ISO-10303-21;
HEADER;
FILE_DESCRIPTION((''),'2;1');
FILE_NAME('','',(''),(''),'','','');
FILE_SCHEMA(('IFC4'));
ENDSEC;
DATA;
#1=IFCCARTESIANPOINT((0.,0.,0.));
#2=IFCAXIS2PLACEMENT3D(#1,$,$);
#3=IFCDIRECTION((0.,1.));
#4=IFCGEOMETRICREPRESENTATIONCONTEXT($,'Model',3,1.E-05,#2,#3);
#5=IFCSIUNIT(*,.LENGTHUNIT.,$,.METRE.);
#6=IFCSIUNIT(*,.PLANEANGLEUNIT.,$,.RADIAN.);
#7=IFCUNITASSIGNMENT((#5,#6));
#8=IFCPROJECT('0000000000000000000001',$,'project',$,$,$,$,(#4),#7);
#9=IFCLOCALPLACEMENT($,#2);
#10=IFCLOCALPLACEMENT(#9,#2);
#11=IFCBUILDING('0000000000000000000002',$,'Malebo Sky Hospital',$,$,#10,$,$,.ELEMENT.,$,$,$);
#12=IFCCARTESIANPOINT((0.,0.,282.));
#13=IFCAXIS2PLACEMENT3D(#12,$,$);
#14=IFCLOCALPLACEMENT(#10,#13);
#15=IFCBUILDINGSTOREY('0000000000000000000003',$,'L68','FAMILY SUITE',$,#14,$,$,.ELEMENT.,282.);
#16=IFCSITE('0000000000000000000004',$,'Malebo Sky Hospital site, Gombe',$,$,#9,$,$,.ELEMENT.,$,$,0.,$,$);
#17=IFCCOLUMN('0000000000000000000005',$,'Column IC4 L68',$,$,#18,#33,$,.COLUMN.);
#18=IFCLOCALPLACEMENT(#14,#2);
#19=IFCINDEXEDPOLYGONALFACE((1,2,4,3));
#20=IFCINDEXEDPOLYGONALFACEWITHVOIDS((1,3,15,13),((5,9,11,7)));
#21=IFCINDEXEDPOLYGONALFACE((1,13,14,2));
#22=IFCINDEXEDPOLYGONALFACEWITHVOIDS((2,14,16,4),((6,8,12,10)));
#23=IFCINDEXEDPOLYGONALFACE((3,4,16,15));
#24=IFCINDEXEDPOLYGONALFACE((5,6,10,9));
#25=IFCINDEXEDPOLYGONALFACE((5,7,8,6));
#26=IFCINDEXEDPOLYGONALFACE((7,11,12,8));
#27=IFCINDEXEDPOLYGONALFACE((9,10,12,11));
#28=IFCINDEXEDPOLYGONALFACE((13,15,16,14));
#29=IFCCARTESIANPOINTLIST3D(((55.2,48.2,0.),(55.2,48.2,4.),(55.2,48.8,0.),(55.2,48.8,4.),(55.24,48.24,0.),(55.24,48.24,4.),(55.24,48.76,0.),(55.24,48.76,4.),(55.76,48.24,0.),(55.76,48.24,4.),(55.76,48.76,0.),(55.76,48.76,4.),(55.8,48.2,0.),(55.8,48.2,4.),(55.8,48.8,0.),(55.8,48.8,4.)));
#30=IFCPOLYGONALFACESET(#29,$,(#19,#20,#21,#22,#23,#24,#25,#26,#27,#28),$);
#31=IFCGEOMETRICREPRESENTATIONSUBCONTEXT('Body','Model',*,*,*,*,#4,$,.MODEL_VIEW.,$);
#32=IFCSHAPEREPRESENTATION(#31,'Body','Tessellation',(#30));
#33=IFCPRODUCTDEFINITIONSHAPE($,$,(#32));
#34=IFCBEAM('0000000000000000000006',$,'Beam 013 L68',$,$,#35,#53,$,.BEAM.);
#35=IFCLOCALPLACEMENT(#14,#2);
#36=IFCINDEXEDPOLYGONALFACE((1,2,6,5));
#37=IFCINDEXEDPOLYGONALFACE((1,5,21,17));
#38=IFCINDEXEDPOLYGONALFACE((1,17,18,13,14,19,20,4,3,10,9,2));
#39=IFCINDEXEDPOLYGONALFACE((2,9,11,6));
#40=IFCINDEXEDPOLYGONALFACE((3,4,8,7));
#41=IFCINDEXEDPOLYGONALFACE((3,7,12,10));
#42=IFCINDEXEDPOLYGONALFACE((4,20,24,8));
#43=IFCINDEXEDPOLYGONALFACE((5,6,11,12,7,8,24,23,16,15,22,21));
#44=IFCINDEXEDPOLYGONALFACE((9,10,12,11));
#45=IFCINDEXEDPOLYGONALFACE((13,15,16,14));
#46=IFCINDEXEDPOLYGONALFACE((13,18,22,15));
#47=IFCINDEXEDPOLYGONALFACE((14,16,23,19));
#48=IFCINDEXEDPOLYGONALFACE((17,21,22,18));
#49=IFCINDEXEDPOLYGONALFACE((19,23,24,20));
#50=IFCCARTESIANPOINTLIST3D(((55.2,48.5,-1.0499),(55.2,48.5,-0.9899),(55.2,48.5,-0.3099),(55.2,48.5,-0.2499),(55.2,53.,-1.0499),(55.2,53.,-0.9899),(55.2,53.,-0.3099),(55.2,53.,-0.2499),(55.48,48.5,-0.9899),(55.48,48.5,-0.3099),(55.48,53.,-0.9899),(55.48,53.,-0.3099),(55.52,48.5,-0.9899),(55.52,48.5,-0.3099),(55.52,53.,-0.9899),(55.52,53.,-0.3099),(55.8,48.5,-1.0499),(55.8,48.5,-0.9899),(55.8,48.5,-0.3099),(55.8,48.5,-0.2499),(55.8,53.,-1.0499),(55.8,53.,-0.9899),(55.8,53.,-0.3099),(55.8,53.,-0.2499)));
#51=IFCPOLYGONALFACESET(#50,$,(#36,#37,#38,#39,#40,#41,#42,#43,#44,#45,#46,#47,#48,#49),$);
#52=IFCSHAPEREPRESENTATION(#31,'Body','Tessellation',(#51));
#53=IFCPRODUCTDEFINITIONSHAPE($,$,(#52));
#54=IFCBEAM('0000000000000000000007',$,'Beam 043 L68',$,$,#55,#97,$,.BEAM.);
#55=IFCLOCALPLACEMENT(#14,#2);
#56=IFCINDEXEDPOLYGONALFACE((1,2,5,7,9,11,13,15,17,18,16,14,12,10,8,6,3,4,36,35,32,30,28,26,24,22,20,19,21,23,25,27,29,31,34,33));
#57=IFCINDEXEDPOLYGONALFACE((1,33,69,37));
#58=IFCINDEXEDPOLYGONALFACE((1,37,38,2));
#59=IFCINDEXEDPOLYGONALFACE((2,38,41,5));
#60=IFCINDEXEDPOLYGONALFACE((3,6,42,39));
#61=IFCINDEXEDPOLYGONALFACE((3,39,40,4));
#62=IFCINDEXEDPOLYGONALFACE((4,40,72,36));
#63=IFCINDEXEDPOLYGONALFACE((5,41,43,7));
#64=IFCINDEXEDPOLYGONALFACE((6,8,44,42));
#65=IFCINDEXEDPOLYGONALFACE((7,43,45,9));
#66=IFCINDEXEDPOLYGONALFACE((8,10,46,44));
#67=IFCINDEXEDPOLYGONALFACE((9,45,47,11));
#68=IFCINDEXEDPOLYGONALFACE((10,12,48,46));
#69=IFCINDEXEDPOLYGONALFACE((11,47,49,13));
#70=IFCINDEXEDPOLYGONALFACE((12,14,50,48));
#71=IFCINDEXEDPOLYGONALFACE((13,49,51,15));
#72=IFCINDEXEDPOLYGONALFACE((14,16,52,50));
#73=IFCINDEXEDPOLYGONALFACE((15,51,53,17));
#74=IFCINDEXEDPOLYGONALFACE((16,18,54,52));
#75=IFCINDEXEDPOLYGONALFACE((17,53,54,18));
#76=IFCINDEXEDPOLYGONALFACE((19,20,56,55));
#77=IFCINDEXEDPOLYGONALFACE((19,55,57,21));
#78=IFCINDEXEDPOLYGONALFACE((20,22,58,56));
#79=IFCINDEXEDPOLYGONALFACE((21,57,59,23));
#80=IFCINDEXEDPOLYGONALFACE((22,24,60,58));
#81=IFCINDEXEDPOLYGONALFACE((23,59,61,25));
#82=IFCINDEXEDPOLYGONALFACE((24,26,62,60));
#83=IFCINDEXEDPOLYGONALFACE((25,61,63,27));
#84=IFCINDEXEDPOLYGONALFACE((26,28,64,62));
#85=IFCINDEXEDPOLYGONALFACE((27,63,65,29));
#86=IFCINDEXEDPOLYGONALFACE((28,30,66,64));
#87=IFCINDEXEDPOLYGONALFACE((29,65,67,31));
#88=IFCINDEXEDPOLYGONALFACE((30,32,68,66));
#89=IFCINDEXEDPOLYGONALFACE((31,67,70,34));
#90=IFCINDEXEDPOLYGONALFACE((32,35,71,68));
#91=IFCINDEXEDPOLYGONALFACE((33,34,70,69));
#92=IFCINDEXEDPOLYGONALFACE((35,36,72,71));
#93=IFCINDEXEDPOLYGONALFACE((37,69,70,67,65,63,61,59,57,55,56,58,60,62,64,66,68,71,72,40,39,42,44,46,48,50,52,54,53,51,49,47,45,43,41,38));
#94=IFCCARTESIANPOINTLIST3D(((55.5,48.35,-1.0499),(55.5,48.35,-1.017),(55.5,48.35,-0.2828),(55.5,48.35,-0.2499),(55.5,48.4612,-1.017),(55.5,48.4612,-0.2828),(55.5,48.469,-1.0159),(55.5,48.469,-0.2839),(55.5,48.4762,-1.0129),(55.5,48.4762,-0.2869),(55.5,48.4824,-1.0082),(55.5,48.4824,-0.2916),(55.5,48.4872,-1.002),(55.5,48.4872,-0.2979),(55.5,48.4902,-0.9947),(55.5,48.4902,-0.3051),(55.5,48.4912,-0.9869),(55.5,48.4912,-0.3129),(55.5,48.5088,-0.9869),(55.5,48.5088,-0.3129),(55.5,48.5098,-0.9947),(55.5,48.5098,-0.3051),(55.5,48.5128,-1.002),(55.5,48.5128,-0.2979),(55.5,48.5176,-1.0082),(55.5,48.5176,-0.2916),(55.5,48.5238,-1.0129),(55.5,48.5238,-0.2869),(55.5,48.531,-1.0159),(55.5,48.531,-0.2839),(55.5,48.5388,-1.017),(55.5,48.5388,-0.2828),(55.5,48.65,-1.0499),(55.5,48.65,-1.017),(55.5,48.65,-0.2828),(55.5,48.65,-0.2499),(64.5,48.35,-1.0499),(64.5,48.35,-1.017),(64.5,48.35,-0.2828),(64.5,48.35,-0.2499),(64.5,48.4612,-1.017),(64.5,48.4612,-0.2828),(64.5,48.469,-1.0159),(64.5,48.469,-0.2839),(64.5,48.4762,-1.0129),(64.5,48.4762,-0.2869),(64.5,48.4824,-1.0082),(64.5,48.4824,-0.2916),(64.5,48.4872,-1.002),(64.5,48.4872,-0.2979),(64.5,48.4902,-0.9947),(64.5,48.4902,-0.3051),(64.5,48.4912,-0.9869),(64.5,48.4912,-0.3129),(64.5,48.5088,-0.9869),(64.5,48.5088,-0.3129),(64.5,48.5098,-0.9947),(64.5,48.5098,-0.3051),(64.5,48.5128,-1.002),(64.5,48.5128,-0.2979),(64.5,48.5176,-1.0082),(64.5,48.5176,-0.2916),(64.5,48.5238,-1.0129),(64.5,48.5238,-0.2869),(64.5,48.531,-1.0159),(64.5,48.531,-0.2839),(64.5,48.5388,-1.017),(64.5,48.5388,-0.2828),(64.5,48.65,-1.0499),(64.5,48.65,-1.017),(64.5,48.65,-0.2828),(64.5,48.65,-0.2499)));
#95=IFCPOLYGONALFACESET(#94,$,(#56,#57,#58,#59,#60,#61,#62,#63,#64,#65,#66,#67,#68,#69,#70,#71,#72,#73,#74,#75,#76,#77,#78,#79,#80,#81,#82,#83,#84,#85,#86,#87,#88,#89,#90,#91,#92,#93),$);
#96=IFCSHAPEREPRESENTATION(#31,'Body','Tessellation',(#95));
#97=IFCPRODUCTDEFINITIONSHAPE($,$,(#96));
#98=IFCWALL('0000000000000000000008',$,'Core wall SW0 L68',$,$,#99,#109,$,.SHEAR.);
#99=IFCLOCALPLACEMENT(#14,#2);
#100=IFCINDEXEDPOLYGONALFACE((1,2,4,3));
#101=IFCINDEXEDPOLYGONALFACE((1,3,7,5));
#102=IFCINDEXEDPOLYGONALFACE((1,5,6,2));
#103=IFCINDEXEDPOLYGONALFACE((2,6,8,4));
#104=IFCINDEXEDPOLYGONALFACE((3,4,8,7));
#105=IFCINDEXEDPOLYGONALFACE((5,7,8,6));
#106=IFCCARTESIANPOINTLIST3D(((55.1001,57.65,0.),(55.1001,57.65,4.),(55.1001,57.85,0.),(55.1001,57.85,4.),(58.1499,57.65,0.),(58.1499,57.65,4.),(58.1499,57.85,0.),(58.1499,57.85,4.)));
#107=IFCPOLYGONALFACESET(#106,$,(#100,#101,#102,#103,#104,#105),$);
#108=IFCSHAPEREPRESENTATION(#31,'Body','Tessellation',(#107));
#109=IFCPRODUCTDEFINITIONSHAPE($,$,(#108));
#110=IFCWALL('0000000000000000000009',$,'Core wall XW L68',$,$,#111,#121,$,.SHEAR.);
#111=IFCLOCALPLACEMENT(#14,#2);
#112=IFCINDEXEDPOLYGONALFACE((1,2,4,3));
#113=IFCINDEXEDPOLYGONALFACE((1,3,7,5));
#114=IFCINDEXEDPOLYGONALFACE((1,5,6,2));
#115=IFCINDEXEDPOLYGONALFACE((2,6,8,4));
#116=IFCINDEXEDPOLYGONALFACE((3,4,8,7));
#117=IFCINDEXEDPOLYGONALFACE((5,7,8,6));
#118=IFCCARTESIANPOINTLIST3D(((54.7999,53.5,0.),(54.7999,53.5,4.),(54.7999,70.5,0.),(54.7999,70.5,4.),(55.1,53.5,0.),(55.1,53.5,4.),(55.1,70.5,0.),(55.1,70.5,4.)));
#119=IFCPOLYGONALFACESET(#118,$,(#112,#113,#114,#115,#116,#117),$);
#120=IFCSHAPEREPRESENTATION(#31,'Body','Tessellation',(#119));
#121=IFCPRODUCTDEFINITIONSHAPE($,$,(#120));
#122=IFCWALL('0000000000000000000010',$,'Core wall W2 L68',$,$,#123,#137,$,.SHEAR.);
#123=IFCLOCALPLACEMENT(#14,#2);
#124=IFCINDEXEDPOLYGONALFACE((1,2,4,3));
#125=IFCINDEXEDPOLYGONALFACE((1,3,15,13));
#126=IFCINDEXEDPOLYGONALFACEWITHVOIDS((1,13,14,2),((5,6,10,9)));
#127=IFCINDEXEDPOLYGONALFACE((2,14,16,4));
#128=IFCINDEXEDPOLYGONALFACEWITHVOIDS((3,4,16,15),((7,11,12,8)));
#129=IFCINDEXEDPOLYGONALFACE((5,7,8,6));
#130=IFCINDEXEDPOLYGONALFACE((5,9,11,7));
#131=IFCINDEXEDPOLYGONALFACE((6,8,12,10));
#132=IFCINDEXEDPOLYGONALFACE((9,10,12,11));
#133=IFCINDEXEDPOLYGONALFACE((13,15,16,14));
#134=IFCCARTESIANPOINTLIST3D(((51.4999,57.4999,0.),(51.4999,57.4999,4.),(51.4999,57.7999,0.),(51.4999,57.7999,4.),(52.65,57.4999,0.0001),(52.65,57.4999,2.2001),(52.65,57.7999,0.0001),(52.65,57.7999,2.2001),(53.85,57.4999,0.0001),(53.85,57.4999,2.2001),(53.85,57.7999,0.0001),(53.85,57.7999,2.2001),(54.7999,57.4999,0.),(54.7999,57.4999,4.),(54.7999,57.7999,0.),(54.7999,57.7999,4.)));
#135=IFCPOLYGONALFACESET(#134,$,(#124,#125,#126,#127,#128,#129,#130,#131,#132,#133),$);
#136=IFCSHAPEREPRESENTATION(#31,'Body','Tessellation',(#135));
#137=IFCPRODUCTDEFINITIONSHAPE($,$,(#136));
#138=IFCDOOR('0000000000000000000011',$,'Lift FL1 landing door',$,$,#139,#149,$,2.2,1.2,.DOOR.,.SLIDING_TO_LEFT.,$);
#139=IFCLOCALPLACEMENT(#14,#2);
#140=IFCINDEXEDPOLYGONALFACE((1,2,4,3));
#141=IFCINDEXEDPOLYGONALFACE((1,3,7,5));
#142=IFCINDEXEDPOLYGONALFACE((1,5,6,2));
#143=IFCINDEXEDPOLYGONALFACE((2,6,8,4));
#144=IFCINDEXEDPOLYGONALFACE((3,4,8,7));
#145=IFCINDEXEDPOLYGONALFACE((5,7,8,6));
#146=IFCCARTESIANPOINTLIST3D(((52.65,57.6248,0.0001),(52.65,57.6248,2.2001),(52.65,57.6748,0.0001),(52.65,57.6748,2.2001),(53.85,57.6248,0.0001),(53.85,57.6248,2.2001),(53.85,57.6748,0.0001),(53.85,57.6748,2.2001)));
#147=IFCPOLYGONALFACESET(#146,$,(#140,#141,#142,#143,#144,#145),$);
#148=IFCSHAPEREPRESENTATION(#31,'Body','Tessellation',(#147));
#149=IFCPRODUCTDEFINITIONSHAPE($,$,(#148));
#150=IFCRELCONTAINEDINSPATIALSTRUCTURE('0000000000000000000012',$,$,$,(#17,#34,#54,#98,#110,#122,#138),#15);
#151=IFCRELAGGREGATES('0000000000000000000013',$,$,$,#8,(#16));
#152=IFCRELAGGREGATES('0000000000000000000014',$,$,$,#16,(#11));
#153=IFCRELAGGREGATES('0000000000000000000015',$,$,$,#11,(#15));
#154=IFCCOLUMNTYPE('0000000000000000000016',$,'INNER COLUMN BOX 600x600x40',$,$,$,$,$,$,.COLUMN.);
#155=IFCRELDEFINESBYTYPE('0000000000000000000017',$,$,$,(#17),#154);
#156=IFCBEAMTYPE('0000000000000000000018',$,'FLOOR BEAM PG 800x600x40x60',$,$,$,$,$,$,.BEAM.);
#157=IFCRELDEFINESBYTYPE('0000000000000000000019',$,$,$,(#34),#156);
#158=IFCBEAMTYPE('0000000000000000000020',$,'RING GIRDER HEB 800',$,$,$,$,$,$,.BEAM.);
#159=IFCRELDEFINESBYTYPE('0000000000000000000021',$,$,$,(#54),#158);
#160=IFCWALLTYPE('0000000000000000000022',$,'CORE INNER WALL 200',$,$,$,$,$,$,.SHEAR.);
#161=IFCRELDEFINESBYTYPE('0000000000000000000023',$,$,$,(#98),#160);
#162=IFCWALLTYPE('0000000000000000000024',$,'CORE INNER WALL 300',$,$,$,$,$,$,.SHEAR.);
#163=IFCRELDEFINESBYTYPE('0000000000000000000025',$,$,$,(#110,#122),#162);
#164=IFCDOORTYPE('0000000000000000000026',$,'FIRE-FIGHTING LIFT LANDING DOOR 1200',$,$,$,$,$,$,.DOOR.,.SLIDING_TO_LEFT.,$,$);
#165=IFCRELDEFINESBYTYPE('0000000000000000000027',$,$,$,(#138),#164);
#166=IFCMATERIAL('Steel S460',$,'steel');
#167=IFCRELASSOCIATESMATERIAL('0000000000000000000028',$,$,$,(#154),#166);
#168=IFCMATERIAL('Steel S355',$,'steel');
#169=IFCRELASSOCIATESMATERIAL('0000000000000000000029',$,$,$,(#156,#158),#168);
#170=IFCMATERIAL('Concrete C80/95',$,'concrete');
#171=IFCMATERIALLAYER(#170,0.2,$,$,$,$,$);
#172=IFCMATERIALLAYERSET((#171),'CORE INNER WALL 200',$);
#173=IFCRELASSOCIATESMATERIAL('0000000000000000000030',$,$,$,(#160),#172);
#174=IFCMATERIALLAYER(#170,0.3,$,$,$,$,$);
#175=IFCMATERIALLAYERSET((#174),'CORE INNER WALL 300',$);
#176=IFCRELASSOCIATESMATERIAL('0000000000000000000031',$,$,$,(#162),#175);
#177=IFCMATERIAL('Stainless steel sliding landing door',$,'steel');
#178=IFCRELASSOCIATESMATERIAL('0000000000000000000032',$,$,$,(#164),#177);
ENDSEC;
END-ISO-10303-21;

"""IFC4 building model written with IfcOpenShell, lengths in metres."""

from ifc_helpers import new_model, si_unit, direction, frame, frame_2d, origin, origin_2d, place, context, subcontext, project, spatial, rectangle, hollow_rectangle, i_section, extrude, material, layer, layer_set, material_profile, profile_set, type_object, element, fill, save


model = new_model("IFC4")

# Units and contexts
model_context = context("Model", 3, precision=1e-05, world=origin(), true_north=direction((0.0, 1.0)))
body_context = subcontext(model_context, "Body", "Model", "MODEL_VIEW")
ifc_project = project(units=[si_unit("LENGTHUNIT", "METRE"), si_unit("PLANEANGLEUNIT", "RADIAN")], contexts=[model_context])

# Site, building, storey
site_placement = place(None, origin())
site = spatial("IfcSite", under=ifc_project, at=site_placement, Name="Malebo Sky Hospital site, Gombe", CompositionType="ELEMENT", RefElevation=0.0)
building_placement = place(site_placement, origin())
building = spatial("IfcBuilding", under=site, at=building_placement, Name="Malebo Sky Hospital", CompositionType="ELEMENT")
storey_placement = place(building_placement, frame((0.0, 0.0, 282.0)))
storey = spatial("IfcBuildingStorey", under=building, at=storey_placement, Name="L68", Description="FAMILY SUITE", CompositionType="ELEMENT", Elevation=282.0)

# Column
ifc_material_1 = material(Name="Steel S460", Category="steel")
ifc_material_profile_1 = material_profile(ifc_material_1, hollow_rectangle(XDim=0.6001, YDim=0.6001, WallThickness=0.04, at=origin_2d()), Name="BOX 600x600x40")
ifc_profile_set_1 = profile_set([ifc_material_profile_1], Name="Steel S460")
column_type = type_object("IfcColumnType", Name="INNER COLUMN BOX 600x600x40", PredefinedType="COLUMN", material=ifc_profile_set_1)
column_placement = place(storey_placement, frame((55.5, 48.5, 0.0), z_axis=(0.0, 0.0, 1.0), x_axis=(1.0, 0.0, 0.0)))
element("IfcColumn", 1, at=column_placement, inside=storey, type_object=column_type, Name="Column IC4 L68", PredefinedType="COLUMN", context=body_context, shape_type="SweptSolid", body=[
    extrude(hollow_rectangle(XDim=0.6001, YDim=0.6001, WallThickness=0.04, at=origin_2d()), origin(), (0.0, 0.0, 1.0), 4.0),
])

# Beams
ifc_material_2 = material(Name="Steel S355", Category="steel")
ifc_material_profile_2 = material_profile(ifc_material_2, i_section(OverallWidth=0.6001, OverallDepth=0.8, WebThickness=0.04, FlangeThickness=0.0601, at=origin_2d()), Name="PG 800x600x40x60")
ifc_profile_set_2 = profile_set([ifc_material_profile_2], Name="Steel S355")
beam_type_1 = type_object("IfcBeamType", Name="FLOOR BEAM PG 800x600x40x60", PredefinedType="BEAM", material=ifc_profile_set_2)
beam_1_placement = place(storey_placement, frame((55.5, 48.5, -0.6499), z_axis=(0.0, 1.0, 0.0), x_axis=(-1.0, 0.0, 0.0)))
element("IfcBeam", 2, at=beam_1_placement, inside=storey, type_object=beam_type_1, Name="Beam 013 L68", PredefinedType="BEAM", context=body_context, shape_type="SweptSolid", body=[
    extrude(i_section(OverallWidth=0.6001, OverallDepth=0.8, WebThickness=0.04, FlangeThickness=0.0601, at=origin_2d()), origin(), (0.0, 0.0, 1.0), 4.5),
])
ifc_material_profile_3 = material_profile(ifc_material_2, i_section(OverallWidth=0.3, OverallDepth=0.8, WebThickness=0.0176, FlangeThickness=0.033, FilletRadius=0.03, at=origin_2d()), Name="HEB 800")
ifc_profile_set_3 = profile_set([ifc_material_profile_3], Name="Steel S355")
beam_type_2 = type_object("IfcBeamType", Name="RING GIRDER HEB 800", PredefinedType="BEAM", material=ifc_profile_set_3)
beam_2_placement = place(storey_placement, frame((55.5, 48.5, -0.6499), z_axis=(1.0, 0.0, 0.0), x_axis=(0.0, 1.0, 0.0)))
element("IfcBeam", 3, at=beam_2_placement, inside=storey, type_object=beam_type_2, Name="Beam 043 L68", PredefinedType="BEAM", context=body_context, shape_type="SweptSolid", body=[
    extrude(i_section(OverallWidth=0.3, OverallDepth=0.8, WebThickness=0.0176, FlangeThickness=0.033, FilletRadius=0.03, at=origin_2d()), origin(), (0.0, 0.0, 1.0), 9.0),
])

# Walls
ifc_material_3 = material(Name="Concrete C80/95", Category="concrete")
ifc_layer_1 = layer(ifc_material_3, 0.2)
ifc_layer_set_1 = layer_set([ifc_layer_1], Name="CORE INNER WALL 200")
wall_type_1 = type_object("IfcWallType", Name="CORE INNER WALL 200", PredefinedType="SHEAR", material=ifc_layer_set_1)
wall_1_placement = place(storey_placement, frame((55.1001, 57.75, 0.0), z_axis=(0.0, 0.0, 1.0), x_axis=(1.0, 0.0, 0.0)))
element("IfcWall", 4, at=wall_1_placement, inside=storey, type_object=wall_type_1, Name="Core wall SW0 L68", PredefinedType="SHEAR", context=body_context, shape_type="SweptSolid", body=[
    extrude(rectangle(XDim=3.0498, YDim=0.2, at=frame_2d((1.5249, 0.0))), origin(), (0.0, 0.0, 1.0), 4.0),
])
ifc_layer_2 = layer(ifc_material_3, 0.3)
ifc_layer_set_2 = layer_set([ifc_layer_2], Name="CORE INNER WALL 300")
wall_type_2 = type_object("IfcWallType", Name="CORE INNER WALL 300", PredefinedType="SHEAR", material=ifc_layer_set_2)
wall_2_placement = place(storey_placement, frame((54.95, 53.5, 0.0), z_axis=(0.0, 0.0, 1.0), x_axis=(0.0, 1.0, 0.0)))
element("IfcWall", 5, at=wall_2_placement, inside=storey, type_object=wall_type_2, Name="Core wall XW L68", PredefinedType="SHEAR", context=body_context, shape_type="SweptSolid", body=[
    extrude(rectangle(XDim=17.0, YDim=0.3, at=frame_2d((8.5, 0.0))), origin(), (0.0, 0.0, 1.0), 4.0),
])

# Wall, opening, door
wall_3_placement = place(storey_placement, frame((51.5, 57.6499, 0.0), z_axis=(0.0, 0.0, 1.0), x_axis=(1.0, 0.0, 0.0)))
wall_3 = element("IfcWall", 6, at=wall_3_placement, inside=storey, type_object=wall_type_2, Name="Core wall W2 L68", PredefinedType="SHEAR", context=body_context, shape_type="SweptSolid", body=[
    extrude(rectangle(XDim=3.3, YDim=0.3, at=frame_2d((1.6499, 0.0))), origin(), (0.0, 0.0, 1.0), 4.0),
])
opening_1_placement = place(wall_3_placement, frame((1.1499, 0.0, 0.0)))
opening_1 = element("IfcOpeningElement", 7, at=opening_1_placement, cuts=wall_3, PredefinedType="OPENING", context=body_context, shape_type="SweptSolid", body=[
    extrude(rectangle(XDim=1.2, YDim=2.2, at=frame_2d((0.6001, 1.1001))), frame((0.0, 0.1599, 0.0), z_axis=(0.0, -1.0, 0.0), x_axis=(1.0, 0.0, 0.0)), (0.0, 0.0, 1.0), 0.3201),
])
ifc_material_4 = material(Name="Stainless steel sliding landing door", Category="steel")
door_type_1 = type_object("IfcDoorType", Name="FIRE-FIGHTING LIFT LANDING DOOR 1200", OperationType="SLIDING_TO_LEFT", PredefinedType="DOOR", material=ifc_material_4)
door_1_placement = place(opening_1_placement, origin())
door_1 = element("IfcDoor", 8, at=door_1_placement, inside=storey, type_object=door_type_1, Name="Lift FL1 landing door", OperationType="SLIDING_TO_LEFT", OverallHeight=2.2, OverallWidth=1.2, PredefinedType="DOOR", context=body_context, shape_type="SweptSolid", body=[
    extrude(rectangle(XDim=1.2, YDim=2.2, at=frame_2d((0.6001, 1.1001))), frame((0.0, 0.0249, 0.0), z_axis=(0.0, -1.0, 0.0), x_axis=(1.0, 0.0, 0.0)), (0.0, 0.0, 1.0), 0.05),
])
fill(opening_1, door_1)

save(model, "model.ifc")
